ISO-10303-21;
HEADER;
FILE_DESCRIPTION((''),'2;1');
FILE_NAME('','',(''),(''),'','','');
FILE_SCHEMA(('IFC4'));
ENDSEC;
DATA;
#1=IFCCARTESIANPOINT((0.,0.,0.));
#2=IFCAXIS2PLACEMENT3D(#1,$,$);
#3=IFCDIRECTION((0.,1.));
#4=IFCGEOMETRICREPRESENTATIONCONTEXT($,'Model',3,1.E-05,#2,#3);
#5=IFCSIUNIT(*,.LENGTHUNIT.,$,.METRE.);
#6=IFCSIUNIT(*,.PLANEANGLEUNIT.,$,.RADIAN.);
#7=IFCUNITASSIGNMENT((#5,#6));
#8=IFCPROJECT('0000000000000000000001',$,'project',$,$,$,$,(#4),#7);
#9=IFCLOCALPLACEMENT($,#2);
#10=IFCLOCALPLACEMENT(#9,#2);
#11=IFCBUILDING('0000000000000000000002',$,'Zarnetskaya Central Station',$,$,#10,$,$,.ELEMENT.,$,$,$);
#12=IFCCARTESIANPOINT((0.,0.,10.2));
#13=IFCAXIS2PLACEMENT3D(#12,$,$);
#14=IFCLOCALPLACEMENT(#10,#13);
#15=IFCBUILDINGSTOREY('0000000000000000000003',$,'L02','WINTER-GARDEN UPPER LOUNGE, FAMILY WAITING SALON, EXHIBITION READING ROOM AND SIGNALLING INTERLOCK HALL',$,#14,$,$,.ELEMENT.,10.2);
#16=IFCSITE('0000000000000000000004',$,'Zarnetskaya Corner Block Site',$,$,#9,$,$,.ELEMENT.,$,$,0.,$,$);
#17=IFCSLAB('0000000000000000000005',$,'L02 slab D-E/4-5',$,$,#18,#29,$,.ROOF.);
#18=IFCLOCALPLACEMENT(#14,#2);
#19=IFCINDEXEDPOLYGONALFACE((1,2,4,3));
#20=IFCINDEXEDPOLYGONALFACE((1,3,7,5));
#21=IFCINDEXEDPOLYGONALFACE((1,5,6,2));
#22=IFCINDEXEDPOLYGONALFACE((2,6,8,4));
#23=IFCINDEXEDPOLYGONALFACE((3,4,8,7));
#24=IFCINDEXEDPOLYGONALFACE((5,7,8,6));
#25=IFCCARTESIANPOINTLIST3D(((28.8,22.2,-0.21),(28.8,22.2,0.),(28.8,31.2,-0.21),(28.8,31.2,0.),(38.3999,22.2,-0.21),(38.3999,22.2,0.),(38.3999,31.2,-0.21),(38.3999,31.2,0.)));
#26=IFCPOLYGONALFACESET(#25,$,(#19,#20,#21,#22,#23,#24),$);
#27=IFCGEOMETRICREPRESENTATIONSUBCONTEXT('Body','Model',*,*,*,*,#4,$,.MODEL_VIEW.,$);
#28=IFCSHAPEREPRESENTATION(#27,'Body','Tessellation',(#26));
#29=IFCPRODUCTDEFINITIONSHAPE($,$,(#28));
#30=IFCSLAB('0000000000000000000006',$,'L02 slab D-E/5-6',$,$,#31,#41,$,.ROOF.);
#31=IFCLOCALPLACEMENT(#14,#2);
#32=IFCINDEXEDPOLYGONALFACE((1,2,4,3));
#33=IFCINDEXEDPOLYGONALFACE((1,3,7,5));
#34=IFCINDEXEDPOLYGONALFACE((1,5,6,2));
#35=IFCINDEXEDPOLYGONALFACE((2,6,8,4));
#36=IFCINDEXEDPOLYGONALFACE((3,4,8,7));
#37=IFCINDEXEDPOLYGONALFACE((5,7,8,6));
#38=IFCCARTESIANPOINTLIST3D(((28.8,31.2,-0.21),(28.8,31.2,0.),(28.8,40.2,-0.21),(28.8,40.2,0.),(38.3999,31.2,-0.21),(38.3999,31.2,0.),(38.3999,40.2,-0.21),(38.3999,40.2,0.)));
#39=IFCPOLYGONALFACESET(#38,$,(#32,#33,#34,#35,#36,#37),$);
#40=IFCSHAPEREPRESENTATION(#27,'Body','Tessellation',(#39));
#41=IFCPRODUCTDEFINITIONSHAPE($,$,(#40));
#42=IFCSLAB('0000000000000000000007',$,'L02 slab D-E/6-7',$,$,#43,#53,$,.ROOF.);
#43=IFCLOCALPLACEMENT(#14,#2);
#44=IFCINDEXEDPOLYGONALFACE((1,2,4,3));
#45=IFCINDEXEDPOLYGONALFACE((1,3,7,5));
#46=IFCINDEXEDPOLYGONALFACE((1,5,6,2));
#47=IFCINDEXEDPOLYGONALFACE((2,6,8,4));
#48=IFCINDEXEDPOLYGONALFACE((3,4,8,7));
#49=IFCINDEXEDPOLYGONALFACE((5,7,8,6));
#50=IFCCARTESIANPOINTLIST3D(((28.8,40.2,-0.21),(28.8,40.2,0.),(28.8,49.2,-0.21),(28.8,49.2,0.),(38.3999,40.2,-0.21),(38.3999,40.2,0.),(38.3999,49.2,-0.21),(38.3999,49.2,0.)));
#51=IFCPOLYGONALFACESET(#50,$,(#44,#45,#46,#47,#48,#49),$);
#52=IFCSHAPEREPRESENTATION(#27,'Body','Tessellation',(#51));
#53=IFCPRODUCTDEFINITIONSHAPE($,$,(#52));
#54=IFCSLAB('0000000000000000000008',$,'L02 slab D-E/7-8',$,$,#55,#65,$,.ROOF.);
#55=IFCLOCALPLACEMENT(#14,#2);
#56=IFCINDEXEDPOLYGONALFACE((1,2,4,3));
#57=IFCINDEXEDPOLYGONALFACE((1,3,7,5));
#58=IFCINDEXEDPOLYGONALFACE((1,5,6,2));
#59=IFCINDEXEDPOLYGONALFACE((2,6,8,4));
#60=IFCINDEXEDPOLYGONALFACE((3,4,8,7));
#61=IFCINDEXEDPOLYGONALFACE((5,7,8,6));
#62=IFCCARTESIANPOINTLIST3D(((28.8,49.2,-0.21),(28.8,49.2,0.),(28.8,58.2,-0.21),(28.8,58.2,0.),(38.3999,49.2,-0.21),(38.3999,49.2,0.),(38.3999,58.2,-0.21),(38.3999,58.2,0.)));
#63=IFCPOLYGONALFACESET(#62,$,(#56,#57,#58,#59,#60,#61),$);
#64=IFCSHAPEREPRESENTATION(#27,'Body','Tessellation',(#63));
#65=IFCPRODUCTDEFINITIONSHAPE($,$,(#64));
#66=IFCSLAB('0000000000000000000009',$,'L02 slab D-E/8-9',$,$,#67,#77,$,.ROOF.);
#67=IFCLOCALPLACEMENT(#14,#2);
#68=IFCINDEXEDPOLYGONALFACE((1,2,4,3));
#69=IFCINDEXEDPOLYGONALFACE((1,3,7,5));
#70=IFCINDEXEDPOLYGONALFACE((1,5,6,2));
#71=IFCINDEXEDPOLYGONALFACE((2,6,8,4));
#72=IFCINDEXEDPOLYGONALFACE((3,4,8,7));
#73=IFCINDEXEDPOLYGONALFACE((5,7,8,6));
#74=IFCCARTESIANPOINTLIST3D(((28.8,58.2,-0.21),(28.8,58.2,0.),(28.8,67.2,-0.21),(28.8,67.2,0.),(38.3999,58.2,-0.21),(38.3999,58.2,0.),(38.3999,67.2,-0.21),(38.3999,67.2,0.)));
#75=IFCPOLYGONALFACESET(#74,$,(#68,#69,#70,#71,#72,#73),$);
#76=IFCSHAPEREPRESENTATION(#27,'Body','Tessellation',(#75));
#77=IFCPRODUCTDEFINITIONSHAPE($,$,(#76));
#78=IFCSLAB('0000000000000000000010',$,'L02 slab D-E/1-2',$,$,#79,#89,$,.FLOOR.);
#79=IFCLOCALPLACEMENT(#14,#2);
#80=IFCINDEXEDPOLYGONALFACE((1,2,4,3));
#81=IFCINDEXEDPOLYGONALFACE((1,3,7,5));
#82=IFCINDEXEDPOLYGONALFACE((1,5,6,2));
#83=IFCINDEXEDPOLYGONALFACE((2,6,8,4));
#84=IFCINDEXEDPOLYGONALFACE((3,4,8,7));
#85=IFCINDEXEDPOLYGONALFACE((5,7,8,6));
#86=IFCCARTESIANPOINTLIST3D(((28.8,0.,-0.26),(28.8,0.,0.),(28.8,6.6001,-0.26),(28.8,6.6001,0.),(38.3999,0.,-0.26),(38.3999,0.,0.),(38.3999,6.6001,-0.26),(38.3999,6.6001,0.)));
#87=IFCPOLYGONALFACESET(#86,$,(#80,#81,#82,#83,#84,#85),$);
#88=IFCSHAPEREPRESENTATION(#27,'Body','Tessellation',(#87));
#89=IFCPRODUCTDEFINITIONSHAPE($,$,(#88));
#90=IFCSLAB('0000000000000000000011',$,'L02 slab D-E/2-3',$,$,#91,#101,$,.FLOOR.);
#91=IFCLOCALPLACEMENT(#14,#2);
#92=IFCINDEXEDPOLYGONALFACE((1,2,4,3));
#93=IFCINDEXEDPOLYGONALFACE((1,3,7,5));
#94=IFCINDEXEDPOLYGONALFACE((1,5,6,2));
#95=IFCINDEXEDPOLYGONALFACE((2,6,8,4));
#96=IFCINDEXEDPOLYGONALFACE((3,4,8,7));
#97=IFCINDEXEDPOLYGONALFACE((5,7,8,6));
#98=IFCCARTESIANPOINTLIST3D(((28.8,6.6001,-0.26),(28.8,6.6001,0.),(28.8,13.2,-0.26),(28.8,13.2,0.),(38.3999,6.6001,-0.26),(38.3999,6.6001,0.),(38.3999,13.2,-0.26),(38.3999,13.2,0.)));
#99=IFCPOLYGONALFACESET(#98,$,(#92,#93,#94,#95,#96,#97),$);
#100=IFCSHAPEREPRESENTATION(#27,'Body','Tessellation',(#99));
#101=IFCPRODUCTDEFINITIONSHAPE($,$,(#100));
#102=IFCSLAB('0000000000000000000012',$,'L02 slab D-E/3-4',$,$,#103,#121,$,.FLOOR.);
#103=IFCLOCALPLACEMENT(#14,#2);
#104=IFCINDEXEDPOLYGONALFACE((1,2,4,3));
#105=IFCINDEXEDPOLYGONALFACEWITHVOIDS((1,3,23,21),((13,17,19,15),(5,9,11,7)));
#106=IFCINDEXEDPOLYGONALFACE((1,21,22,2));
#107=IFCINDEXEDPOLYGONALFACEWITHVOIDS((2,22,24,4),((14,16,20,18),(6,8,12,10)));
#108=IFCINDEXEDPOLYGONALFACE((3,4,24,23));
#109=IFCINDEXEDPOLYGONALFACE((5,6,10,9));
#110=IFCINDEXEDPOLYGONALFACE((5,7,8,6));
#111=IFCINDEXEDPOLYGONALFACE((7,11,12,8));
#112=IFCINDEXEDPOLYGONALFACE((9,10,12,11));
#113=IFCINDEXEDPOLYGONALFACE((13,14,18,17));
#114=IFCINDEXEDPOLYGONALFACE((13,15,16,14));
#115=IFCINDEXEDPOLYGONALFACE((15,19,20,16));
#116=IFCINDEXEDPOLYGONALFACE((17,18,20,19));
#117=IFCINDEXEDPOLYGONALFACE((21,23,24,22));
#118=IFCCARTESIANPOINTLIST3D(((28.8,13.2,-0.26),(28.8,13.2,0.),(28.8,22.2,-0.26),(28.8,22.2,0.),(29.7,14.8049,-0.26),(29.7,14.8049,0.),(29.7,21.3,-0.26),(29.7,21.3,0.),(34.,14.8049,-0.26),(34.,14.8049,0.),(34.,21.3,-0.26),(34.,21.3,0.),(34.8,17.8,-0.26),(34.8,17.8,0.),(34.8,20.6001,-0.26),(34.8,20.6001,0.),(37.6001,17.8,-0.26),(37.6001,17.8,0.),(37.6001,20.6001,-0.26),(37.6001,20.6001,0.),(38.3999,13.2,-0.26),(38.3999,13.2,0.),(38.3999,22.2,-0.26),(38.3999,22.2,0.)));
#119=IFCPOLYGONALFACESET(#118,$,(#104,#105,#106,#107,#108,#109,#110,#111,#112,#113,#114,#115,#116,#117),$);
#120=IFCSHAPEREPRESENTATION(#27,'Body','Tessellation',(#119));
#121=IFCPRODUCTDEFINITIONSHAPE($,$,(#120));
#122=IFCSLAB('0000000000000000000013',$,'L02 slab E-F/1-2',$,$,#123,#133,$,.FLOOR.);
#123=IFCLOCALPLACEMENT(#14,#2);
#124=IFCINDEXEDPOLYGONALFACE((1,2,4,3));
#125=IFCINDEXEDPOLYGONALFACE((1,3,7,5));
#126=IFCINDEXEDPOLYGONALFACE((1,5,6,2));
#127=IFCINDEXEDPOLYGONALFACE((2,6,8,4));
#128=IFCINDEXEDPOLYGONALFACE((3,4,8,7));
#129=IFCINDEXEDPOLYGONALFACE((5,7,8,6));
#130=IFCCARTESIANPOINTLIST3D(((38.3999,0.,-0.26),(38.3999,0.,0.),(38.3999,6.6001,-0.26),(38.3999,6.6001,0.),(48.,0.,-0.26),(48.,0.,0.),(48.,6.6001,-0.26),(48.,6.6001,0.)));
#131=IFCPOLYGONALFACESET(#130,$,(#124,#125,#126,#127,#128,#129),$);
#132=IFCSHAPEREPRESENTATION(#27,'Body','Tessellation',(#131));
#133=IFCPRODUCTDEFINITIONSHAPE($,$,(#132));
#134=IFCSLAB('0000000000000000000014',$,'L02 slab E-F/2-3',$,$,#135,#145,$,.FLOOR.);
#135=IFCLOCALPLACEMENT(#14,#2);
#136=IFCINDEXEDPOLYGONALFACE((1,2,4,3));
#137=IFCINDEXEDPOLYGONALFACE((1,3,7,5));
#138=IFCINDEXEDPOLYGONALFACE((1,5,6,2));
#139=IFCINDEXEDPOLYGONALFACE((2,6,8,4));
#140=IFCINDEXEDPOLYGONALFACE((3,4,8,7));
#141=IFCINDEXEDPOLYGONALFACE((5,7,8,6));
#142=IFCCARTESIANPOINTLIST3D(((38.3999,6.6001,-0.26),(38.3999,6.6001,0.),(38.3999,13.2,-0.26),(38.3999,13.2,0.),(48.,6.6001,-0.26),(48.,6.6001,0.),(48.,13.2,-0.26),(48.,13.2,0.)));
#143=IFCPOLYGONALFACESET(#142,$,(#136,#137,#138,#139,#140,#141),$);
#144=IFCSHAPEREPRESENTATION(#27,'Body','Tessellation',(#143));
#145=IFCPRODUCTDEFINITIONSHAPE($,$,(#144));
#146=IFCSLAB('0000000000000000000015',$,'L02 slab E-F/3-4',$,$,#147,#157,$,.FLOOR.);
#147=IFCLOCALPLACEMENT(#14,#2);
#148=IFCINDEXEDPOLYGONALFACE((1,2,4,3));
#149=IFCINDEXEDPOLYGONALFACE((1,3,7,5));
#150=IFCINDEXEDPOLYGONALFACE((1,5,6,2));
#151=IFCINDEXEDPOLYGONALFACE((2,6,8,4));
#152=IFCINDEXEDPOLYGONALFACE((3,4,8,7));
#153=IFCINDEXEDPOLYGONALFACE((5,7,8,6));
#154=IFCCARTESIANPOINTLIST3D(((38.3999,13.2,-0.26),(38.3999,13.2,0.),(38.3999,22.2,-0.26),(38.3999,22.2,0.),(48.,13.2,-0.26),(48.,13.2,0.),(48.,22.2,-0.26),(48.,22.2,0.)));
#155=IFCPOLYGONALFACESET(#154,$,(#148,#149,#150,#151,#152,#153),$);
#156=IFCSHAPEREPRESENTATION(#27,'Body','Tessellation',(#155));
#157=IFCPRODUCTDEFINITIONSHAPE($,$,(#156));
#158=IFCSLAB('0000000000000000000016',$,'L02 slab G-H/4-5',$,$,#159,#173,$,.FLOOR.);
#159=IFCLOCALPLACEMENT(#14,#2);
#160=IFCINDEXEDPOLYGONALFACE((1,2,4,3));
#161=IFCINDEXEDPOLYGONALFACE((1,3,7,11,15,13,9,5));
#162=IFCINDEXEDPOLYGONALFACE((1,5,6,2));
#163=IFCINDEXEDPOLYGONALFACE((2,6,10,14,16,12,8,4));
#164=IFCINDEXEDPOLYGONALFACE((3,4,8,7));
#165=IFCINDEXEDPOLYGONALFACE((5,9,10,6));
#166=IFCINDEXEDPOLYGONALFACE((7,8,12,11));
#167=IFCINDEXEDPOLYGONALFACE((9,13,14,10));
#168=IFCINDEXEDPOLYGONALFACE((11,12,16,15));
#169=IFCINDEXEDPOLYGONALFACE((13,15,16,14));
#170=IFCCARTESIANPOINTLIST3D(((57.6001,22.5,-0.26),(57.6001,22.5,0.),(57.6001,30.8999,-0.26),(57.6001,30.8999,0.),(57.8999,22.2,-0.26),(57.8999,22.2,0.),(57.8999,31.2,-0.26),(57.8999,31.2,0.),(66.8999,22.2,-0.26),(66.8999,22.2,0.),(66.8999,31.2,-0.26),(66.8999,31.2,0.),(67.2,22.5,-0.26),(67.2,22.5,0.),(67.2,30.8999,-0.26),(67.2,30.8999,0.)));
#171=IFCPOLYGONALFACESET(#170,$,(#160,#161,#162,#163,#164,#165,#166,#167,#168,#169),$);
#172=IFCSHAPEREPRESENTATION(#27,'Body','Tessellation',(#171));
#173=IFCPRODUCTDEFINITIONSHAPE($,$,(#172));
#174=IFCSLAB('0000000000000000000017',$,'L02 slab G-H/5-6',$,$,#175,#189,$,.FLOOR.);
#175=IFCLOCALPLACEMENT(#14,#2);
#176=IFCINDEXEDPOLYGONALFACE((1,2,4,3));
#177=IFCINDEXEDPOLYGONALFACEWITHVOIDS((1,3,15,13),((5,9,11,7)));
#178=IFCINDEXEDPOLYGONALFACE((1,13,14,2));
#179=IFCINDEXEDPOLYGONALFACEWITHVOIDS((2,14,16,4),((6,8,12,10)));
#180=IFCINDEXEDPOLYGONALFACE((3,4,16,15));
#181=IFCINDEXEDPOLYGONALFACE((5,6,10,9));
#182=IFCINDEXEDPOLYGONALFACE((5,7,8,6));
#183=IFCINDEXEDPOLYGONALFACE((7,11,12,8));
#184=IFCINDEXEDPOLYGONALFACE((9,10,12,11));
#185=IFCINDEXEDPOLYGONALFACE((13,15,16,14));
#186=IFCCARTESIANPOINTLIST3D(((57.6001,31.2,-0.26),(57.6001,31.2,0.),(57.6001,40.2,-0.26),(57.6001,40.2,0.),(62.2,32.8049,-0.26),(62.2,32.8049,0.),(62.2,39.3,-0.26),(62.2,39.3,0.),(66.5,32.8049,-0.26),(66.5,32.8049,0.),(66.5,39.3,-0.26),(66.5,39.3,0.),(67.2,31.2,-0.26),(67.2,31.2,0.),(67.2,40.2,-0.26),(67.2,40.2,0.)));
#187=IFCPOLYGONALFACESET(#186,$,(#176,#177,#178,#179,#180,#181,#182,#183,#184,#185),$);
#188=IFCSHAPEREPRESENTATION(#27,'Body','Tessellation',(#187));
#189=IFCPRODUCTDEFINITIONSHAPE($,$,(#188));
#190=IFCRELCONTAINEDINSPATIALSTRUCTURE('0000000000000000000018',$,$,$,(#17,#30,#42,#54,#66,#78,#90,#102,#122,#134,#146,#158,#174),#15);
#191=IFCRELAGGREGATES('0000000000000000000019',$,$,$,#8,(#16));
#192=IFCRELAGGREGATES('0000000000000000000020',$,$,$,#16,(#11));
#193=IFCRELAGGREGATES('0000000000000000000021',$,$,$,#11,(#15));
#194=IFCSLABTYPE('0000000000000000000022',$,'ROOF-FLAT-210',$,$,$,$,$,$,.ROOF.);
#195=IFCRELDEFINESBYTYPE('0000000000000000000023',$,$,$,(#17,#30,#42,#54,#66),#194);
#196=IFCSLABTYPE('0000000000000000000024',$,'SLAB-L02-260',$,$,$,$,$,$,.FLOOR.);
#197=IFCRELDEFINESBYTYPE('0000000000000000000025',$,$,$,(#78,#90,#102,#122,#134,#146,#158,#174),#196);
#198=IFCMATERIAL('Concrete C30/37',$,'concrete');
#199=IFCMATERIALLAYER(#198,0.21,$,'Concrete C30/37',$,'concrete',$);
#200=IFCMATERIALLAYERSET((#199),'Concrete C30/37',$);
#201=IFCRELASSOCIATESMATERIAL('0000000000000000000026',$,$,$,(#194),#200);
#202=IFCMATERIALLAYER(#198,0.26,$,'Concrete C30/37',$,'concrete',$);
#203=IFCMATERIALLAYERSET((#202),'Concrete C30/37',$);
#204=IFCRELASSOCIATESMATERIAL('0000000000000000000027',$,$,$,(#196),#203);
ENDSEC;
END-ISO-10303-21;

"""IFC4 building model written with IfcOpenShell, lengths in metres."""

from ifc_helpers import new_model, si_unit, direction, frame, origin, place, context, subcontext, project, spatial, polyline, outline, extrude, material, layer, layer_set, type_object, element, save


model = new_model("IFC4")

# Units and contexts
model_context = context("Model", 3, precision=1e-05, world=origin(), true_north=direction((0.0, 1.0)))
body_context = subcontext(model_context, "Body", "Model", "MODEL_VIEW")
ifc_project = project(units=[si_unit("LENGTHUNIT", "METRE"), si_unit("PLANEANGLEUNIT", "RADIAN")], contexts=[model_context])

# Site, building, storey
site_placement = place(None, origin())
site = spatial("IfcSite", under=ifc_project, at=site_placement, Name="Zarnetskaya Corner Block Site", CompositionType="ELEMENT", RefElevation=0.0)
building_placement = place(site_placement, origin())
building = spatial("IfcBuilding", under=site, at=building_placement, Name="Zarnetskaya Central Station", CompositionType="ELEMENT")
storey_placement = place(building_placement, frame((0.0, 0.0, 10.2)))
storey = spatial("IfcBuildingStorey", under=building, at=storey_placement, Name="L02", Description="WINTER-GARDEN UPPER LOUNGE, FAMILY WAITING SALON, EXHIBITION READING ROOM AND SIGNALLING INTERLOCK HALL", CompositionType="ELEMENT", Elevation=10.2)

# Slabs
ifc_material = material(Name="Concrete C30/37", Category="concrete")
ifc_layer_1 = layer(ifc_material, 0.21, Name="Concrete C30/37", Category="concrete")
ifc_layer_set_1 = layer_set([ifc_layer_1], Name="Concrete C30/37")
slab_type_1 = type_object("IfcSlabType", Name="ROOF-FLAT-210", PredefinedType="ROOF", material=ifc_layer_set_1)
slab_1_placement = place(storey_placement, frame((0.0, 0.0, -0.21)))
element("IfcSlab", 1, at=slab_1_placement, inside=storey, type_object=slab_type_1, Name="L02 slab D-E/4-5", PredefinedType="ROOF", context=body_context, shape_type="SweptSolid", body=[
    extrude(outline(polyline([(28.8, 22.2), (38.3999, 22.2), (38.3999, 31.2), (28.8, 31.2), (28.8, 22.2)])), origin(), (0.0, 0.0, 1.0), 0.21),
])
slab_2_placement = place(storey_placement, frame((0.0, 0.0, -0.21)))
element("IfcSlab", 2, at=slab_2_placement, inside=storey, type_object=slab_type_1, Name="L02 slab D-E/5-6", PredefinedType="ROOF", context=body_context, shape_type="SweptSolid", body=[
    extrude(outline(polyline([(28.8, 31.2), (38.3999, 31.2), (38.3999, 40.2), (28.8, 40.2), (28.8, 31.2)])), origin(), (0.0, 0.0, 1.0), 0.21),
])
slab_3_placement = place(storey_placement, frame((0.0, 0.0, -0.21)))
element("IfcSlab", 3, at=slab_3_placement, inside=storey, type_object=slab_type_1, Name="L02 slab D-E/6-7", PredefinedType="ROOF", context=body_context, shape_type="SweptSolid", body=[
    extrude(outline(polyline([(28.8, 40.2), (38.3999, 40.2), (38.3999, 49.2), (28.8, 49.2), (28.8, 40.2)])), origin(), (0.0, 0.0, 1.0), 0.21),
])
slab_4_placement = place(storey_placement, frame((0.0, 0.0, -0.21)))
element("IfcSlab", 4, at=slab_4_placement, inside=storey, type_object=slab_type_1, Name="L02 slab D-E/7-8", PredefinedType="ROOF", context=body_context, shape_type="SweptSolid", body=[
    extrude(outline(polyline([(28.8, 49.2), (38.3999, 49.2), (38.3999, 58.2), (28.8, 58.2), (28.8, 49.2)])), origin(), (0.0, 0.0, 1.0), 0.21),
])
slab_5_placement = place(storey_placement, frame((0.0, 0.0, -0.21)))
element("IfcSlab", 5, at=slab_5_placement, inside=storey, type_object=slab_type_1, Name="L02 slab D-E/8-9", PredefinedType="ROOF", context=body_context, shape_type="SweptSolid", body=[
    extrude(outline(polyline([(28.8, 58.2), (38.3999, 58.2), (38.3999, 67.2), (28.8, 67.2), (28.8, 58.2)])), origin(), (0.0, 0.0, 1.0), 0.21),
])
ifc_layer_2 = layer(ifc_material, 0.26, Name="Concrete C30/37", Category="concrete")
ifc_layer_set_2 = layer_set([ifc_layer_2], Name="Concrete C30/37")
slab_type_2 = type_object("IfcSlabType", Name="SLAB-L02-260", PredefinedType="FLOOR", material=ifc_layer_set_2)
slab_6_placement = place(storey_placement, frame((0.0, 0.0, -0.26)))
element("IfcSlab", 6, at=slab_6_placement, inside=storey, type_object=slab_type_2, Name="L02 slab D-E/1-2", PredefinedType="FLOOR", context=body_context, shape_type="SweptSolid", body=[
    extrude(outline(polyline([(28.8, 0.0), (38.3999, 0.0), (38.3999, 6.6001), (28.8, 6.6001), (28.8, 0.0)])), origin(), (0.0, 0.0, 1.0), 0.26),
])
slab_7_placement = place(storey_placement, frame((0.0, 0.0, -0.26)))
element("IfcSlab", 7, at=slab_7_placement, inside=storey, type_object=slab_type_2, Name="L02 slab D-E/2-3", PredefinedType="FLOOR", context=body_context, shape_type="SweptSolid", body=[
    extrude(outline(polyline([(28.8, 6.6001), (38.3999, 6.6001), (38.3999, 13.2), (28.8, 13.2), (28.8, 6.6001)])), origin(), (0.0, 0.0, 1.0), 0.26),
])
slab_8_placement = place(storey_placement, frame((0.0, 0.0, -0.26)))
element("IfcSlab", 8, at=slab_8_placement, inside=storey, type_object=slab_type_2, Name="L02 slab D-E/3-4", PredefinedType="FLOOR", context=body_context, shape_type="SweptSolid", body=[
    extrude(outline(polyline([(28.8, 13.2), (38.3999, 13.2), (38.3999, 22.2), (28.8, 22.2), (28.8, 13.2)]), holes=[polyline([(29.7, 14.8049), (34.0, 14.8049), (34.0, 21.3), (29.7, 21.3), (29.7, 14.8049)]), polyline([(34.8, 17.8), (37.6001, 17.8), (37.6001, 20.6001), (34.8, 20.6001), (34.8, 17.8)])]), origin(), (0.0, 0.0, 1.0), 0.26),
])
slab_9_placement = place(storey_placement, frame((0.0, 0.0, -0.26)))
element("IfcSlab", 9, at=slab_9_placement, inside=storey, type_object=slab_type_2, Name="L02 slab E-F/1-2", PredefinedType="FLOOR", context=body_context, shape_type="SweptSolid", body=[
    extrude(outline(polyline([(38.3999, 0.0), (48.0, 0.0), (48.0, 6.6001), (38.3999, 6.6001), (38.3999, 0.0)])), origin(), (0.0, 0.0, 1.0), 0.26),
])
slab_10_placement = place(storey_placement, frame((0.0, 0.0, -0.26)))
element("IfcSlab", 10, at=slab_10_placement, inside=storey, type_object=slab_type_2, Name="L02 slab E-F/2-3", PredefinedType="FLOOR", context=body_context, shape_type="SweptSolid", body=[
    extrude(outline(polyline([(38.3999, 6.6001), (48.0, 6.6001), (48.0, 13.2), (38.3999, 13.2), (38.3999, 6.6001)])), origin(), (0.0, 0.0, 1.0), 0.26),
])
slab_11_placement = place(storey_placement, frame((0.0, 0.0, -0.26)))
element("IfcSlab", 11, at=slab_11_placement, inside=storey, type_object=slab_type_2, Name="L02 slab E-F/3-4", PredefinedType="FLOOR", context=body_context, shape_type="SweptSolid", body=[
    extrude(outline(polyline([(38.3999, 13.2), (48.0, 13.2), (48.0, 22.2), (38.3999, 22.2), (38.3999, 13.2)])), origin(), (0.0, 0.0, 1.0), 0.26),
])
slab_12_placement = place(storey_placement, frame((0.0, 0.0, -0.26)))
element("IfcSlab", 12, at=slab_12_placement, inside=storey, type_object=slab_type_2, Name="L02 slab G-H/4-5", PredefinedType="FLOOR", context=body_context, shape_type="SweptSolid", body=[
    extrude(outline(polyline([(57.8999, 22.2), (66.8999, 22.2), (67.2, 22.5), (67.2, 30.8999), (66.8999, 31.2), (57.8999, 31.2), (57.6001, 30.8999), (57.6001, 22.5), (57.8999, 22.2)])), origin(), (0.0, 0.0, 1.0), 0.26),
])
slab_13_placement = place(storey_placement, frame((0.0, 0.0, -0.26)))
element("IfcSlab", 13, at=slab_13_placement, inside=storey, type_object=slab_type_2, Name="L02 slab G-H/5-6", PredefinedType="FLOOR", context=body_context, shape_type="SweptSolid", body=[
    extrude(outline(polyline([(57.6001, 31.2), (67.2, 31.2), (67.2, 40.2), (57.6001, 40.2), (57.6001, 31.2)]), holes=[polyline([(62.2, 32.8049), (66.5, 32.8049), (66.5, 39.3), (62.2, 39.3), (62.2, 32.8049)])]), origin(), (0.0, 0.0, 1.0), 0.26),
])

save(model, "model.ifc")
